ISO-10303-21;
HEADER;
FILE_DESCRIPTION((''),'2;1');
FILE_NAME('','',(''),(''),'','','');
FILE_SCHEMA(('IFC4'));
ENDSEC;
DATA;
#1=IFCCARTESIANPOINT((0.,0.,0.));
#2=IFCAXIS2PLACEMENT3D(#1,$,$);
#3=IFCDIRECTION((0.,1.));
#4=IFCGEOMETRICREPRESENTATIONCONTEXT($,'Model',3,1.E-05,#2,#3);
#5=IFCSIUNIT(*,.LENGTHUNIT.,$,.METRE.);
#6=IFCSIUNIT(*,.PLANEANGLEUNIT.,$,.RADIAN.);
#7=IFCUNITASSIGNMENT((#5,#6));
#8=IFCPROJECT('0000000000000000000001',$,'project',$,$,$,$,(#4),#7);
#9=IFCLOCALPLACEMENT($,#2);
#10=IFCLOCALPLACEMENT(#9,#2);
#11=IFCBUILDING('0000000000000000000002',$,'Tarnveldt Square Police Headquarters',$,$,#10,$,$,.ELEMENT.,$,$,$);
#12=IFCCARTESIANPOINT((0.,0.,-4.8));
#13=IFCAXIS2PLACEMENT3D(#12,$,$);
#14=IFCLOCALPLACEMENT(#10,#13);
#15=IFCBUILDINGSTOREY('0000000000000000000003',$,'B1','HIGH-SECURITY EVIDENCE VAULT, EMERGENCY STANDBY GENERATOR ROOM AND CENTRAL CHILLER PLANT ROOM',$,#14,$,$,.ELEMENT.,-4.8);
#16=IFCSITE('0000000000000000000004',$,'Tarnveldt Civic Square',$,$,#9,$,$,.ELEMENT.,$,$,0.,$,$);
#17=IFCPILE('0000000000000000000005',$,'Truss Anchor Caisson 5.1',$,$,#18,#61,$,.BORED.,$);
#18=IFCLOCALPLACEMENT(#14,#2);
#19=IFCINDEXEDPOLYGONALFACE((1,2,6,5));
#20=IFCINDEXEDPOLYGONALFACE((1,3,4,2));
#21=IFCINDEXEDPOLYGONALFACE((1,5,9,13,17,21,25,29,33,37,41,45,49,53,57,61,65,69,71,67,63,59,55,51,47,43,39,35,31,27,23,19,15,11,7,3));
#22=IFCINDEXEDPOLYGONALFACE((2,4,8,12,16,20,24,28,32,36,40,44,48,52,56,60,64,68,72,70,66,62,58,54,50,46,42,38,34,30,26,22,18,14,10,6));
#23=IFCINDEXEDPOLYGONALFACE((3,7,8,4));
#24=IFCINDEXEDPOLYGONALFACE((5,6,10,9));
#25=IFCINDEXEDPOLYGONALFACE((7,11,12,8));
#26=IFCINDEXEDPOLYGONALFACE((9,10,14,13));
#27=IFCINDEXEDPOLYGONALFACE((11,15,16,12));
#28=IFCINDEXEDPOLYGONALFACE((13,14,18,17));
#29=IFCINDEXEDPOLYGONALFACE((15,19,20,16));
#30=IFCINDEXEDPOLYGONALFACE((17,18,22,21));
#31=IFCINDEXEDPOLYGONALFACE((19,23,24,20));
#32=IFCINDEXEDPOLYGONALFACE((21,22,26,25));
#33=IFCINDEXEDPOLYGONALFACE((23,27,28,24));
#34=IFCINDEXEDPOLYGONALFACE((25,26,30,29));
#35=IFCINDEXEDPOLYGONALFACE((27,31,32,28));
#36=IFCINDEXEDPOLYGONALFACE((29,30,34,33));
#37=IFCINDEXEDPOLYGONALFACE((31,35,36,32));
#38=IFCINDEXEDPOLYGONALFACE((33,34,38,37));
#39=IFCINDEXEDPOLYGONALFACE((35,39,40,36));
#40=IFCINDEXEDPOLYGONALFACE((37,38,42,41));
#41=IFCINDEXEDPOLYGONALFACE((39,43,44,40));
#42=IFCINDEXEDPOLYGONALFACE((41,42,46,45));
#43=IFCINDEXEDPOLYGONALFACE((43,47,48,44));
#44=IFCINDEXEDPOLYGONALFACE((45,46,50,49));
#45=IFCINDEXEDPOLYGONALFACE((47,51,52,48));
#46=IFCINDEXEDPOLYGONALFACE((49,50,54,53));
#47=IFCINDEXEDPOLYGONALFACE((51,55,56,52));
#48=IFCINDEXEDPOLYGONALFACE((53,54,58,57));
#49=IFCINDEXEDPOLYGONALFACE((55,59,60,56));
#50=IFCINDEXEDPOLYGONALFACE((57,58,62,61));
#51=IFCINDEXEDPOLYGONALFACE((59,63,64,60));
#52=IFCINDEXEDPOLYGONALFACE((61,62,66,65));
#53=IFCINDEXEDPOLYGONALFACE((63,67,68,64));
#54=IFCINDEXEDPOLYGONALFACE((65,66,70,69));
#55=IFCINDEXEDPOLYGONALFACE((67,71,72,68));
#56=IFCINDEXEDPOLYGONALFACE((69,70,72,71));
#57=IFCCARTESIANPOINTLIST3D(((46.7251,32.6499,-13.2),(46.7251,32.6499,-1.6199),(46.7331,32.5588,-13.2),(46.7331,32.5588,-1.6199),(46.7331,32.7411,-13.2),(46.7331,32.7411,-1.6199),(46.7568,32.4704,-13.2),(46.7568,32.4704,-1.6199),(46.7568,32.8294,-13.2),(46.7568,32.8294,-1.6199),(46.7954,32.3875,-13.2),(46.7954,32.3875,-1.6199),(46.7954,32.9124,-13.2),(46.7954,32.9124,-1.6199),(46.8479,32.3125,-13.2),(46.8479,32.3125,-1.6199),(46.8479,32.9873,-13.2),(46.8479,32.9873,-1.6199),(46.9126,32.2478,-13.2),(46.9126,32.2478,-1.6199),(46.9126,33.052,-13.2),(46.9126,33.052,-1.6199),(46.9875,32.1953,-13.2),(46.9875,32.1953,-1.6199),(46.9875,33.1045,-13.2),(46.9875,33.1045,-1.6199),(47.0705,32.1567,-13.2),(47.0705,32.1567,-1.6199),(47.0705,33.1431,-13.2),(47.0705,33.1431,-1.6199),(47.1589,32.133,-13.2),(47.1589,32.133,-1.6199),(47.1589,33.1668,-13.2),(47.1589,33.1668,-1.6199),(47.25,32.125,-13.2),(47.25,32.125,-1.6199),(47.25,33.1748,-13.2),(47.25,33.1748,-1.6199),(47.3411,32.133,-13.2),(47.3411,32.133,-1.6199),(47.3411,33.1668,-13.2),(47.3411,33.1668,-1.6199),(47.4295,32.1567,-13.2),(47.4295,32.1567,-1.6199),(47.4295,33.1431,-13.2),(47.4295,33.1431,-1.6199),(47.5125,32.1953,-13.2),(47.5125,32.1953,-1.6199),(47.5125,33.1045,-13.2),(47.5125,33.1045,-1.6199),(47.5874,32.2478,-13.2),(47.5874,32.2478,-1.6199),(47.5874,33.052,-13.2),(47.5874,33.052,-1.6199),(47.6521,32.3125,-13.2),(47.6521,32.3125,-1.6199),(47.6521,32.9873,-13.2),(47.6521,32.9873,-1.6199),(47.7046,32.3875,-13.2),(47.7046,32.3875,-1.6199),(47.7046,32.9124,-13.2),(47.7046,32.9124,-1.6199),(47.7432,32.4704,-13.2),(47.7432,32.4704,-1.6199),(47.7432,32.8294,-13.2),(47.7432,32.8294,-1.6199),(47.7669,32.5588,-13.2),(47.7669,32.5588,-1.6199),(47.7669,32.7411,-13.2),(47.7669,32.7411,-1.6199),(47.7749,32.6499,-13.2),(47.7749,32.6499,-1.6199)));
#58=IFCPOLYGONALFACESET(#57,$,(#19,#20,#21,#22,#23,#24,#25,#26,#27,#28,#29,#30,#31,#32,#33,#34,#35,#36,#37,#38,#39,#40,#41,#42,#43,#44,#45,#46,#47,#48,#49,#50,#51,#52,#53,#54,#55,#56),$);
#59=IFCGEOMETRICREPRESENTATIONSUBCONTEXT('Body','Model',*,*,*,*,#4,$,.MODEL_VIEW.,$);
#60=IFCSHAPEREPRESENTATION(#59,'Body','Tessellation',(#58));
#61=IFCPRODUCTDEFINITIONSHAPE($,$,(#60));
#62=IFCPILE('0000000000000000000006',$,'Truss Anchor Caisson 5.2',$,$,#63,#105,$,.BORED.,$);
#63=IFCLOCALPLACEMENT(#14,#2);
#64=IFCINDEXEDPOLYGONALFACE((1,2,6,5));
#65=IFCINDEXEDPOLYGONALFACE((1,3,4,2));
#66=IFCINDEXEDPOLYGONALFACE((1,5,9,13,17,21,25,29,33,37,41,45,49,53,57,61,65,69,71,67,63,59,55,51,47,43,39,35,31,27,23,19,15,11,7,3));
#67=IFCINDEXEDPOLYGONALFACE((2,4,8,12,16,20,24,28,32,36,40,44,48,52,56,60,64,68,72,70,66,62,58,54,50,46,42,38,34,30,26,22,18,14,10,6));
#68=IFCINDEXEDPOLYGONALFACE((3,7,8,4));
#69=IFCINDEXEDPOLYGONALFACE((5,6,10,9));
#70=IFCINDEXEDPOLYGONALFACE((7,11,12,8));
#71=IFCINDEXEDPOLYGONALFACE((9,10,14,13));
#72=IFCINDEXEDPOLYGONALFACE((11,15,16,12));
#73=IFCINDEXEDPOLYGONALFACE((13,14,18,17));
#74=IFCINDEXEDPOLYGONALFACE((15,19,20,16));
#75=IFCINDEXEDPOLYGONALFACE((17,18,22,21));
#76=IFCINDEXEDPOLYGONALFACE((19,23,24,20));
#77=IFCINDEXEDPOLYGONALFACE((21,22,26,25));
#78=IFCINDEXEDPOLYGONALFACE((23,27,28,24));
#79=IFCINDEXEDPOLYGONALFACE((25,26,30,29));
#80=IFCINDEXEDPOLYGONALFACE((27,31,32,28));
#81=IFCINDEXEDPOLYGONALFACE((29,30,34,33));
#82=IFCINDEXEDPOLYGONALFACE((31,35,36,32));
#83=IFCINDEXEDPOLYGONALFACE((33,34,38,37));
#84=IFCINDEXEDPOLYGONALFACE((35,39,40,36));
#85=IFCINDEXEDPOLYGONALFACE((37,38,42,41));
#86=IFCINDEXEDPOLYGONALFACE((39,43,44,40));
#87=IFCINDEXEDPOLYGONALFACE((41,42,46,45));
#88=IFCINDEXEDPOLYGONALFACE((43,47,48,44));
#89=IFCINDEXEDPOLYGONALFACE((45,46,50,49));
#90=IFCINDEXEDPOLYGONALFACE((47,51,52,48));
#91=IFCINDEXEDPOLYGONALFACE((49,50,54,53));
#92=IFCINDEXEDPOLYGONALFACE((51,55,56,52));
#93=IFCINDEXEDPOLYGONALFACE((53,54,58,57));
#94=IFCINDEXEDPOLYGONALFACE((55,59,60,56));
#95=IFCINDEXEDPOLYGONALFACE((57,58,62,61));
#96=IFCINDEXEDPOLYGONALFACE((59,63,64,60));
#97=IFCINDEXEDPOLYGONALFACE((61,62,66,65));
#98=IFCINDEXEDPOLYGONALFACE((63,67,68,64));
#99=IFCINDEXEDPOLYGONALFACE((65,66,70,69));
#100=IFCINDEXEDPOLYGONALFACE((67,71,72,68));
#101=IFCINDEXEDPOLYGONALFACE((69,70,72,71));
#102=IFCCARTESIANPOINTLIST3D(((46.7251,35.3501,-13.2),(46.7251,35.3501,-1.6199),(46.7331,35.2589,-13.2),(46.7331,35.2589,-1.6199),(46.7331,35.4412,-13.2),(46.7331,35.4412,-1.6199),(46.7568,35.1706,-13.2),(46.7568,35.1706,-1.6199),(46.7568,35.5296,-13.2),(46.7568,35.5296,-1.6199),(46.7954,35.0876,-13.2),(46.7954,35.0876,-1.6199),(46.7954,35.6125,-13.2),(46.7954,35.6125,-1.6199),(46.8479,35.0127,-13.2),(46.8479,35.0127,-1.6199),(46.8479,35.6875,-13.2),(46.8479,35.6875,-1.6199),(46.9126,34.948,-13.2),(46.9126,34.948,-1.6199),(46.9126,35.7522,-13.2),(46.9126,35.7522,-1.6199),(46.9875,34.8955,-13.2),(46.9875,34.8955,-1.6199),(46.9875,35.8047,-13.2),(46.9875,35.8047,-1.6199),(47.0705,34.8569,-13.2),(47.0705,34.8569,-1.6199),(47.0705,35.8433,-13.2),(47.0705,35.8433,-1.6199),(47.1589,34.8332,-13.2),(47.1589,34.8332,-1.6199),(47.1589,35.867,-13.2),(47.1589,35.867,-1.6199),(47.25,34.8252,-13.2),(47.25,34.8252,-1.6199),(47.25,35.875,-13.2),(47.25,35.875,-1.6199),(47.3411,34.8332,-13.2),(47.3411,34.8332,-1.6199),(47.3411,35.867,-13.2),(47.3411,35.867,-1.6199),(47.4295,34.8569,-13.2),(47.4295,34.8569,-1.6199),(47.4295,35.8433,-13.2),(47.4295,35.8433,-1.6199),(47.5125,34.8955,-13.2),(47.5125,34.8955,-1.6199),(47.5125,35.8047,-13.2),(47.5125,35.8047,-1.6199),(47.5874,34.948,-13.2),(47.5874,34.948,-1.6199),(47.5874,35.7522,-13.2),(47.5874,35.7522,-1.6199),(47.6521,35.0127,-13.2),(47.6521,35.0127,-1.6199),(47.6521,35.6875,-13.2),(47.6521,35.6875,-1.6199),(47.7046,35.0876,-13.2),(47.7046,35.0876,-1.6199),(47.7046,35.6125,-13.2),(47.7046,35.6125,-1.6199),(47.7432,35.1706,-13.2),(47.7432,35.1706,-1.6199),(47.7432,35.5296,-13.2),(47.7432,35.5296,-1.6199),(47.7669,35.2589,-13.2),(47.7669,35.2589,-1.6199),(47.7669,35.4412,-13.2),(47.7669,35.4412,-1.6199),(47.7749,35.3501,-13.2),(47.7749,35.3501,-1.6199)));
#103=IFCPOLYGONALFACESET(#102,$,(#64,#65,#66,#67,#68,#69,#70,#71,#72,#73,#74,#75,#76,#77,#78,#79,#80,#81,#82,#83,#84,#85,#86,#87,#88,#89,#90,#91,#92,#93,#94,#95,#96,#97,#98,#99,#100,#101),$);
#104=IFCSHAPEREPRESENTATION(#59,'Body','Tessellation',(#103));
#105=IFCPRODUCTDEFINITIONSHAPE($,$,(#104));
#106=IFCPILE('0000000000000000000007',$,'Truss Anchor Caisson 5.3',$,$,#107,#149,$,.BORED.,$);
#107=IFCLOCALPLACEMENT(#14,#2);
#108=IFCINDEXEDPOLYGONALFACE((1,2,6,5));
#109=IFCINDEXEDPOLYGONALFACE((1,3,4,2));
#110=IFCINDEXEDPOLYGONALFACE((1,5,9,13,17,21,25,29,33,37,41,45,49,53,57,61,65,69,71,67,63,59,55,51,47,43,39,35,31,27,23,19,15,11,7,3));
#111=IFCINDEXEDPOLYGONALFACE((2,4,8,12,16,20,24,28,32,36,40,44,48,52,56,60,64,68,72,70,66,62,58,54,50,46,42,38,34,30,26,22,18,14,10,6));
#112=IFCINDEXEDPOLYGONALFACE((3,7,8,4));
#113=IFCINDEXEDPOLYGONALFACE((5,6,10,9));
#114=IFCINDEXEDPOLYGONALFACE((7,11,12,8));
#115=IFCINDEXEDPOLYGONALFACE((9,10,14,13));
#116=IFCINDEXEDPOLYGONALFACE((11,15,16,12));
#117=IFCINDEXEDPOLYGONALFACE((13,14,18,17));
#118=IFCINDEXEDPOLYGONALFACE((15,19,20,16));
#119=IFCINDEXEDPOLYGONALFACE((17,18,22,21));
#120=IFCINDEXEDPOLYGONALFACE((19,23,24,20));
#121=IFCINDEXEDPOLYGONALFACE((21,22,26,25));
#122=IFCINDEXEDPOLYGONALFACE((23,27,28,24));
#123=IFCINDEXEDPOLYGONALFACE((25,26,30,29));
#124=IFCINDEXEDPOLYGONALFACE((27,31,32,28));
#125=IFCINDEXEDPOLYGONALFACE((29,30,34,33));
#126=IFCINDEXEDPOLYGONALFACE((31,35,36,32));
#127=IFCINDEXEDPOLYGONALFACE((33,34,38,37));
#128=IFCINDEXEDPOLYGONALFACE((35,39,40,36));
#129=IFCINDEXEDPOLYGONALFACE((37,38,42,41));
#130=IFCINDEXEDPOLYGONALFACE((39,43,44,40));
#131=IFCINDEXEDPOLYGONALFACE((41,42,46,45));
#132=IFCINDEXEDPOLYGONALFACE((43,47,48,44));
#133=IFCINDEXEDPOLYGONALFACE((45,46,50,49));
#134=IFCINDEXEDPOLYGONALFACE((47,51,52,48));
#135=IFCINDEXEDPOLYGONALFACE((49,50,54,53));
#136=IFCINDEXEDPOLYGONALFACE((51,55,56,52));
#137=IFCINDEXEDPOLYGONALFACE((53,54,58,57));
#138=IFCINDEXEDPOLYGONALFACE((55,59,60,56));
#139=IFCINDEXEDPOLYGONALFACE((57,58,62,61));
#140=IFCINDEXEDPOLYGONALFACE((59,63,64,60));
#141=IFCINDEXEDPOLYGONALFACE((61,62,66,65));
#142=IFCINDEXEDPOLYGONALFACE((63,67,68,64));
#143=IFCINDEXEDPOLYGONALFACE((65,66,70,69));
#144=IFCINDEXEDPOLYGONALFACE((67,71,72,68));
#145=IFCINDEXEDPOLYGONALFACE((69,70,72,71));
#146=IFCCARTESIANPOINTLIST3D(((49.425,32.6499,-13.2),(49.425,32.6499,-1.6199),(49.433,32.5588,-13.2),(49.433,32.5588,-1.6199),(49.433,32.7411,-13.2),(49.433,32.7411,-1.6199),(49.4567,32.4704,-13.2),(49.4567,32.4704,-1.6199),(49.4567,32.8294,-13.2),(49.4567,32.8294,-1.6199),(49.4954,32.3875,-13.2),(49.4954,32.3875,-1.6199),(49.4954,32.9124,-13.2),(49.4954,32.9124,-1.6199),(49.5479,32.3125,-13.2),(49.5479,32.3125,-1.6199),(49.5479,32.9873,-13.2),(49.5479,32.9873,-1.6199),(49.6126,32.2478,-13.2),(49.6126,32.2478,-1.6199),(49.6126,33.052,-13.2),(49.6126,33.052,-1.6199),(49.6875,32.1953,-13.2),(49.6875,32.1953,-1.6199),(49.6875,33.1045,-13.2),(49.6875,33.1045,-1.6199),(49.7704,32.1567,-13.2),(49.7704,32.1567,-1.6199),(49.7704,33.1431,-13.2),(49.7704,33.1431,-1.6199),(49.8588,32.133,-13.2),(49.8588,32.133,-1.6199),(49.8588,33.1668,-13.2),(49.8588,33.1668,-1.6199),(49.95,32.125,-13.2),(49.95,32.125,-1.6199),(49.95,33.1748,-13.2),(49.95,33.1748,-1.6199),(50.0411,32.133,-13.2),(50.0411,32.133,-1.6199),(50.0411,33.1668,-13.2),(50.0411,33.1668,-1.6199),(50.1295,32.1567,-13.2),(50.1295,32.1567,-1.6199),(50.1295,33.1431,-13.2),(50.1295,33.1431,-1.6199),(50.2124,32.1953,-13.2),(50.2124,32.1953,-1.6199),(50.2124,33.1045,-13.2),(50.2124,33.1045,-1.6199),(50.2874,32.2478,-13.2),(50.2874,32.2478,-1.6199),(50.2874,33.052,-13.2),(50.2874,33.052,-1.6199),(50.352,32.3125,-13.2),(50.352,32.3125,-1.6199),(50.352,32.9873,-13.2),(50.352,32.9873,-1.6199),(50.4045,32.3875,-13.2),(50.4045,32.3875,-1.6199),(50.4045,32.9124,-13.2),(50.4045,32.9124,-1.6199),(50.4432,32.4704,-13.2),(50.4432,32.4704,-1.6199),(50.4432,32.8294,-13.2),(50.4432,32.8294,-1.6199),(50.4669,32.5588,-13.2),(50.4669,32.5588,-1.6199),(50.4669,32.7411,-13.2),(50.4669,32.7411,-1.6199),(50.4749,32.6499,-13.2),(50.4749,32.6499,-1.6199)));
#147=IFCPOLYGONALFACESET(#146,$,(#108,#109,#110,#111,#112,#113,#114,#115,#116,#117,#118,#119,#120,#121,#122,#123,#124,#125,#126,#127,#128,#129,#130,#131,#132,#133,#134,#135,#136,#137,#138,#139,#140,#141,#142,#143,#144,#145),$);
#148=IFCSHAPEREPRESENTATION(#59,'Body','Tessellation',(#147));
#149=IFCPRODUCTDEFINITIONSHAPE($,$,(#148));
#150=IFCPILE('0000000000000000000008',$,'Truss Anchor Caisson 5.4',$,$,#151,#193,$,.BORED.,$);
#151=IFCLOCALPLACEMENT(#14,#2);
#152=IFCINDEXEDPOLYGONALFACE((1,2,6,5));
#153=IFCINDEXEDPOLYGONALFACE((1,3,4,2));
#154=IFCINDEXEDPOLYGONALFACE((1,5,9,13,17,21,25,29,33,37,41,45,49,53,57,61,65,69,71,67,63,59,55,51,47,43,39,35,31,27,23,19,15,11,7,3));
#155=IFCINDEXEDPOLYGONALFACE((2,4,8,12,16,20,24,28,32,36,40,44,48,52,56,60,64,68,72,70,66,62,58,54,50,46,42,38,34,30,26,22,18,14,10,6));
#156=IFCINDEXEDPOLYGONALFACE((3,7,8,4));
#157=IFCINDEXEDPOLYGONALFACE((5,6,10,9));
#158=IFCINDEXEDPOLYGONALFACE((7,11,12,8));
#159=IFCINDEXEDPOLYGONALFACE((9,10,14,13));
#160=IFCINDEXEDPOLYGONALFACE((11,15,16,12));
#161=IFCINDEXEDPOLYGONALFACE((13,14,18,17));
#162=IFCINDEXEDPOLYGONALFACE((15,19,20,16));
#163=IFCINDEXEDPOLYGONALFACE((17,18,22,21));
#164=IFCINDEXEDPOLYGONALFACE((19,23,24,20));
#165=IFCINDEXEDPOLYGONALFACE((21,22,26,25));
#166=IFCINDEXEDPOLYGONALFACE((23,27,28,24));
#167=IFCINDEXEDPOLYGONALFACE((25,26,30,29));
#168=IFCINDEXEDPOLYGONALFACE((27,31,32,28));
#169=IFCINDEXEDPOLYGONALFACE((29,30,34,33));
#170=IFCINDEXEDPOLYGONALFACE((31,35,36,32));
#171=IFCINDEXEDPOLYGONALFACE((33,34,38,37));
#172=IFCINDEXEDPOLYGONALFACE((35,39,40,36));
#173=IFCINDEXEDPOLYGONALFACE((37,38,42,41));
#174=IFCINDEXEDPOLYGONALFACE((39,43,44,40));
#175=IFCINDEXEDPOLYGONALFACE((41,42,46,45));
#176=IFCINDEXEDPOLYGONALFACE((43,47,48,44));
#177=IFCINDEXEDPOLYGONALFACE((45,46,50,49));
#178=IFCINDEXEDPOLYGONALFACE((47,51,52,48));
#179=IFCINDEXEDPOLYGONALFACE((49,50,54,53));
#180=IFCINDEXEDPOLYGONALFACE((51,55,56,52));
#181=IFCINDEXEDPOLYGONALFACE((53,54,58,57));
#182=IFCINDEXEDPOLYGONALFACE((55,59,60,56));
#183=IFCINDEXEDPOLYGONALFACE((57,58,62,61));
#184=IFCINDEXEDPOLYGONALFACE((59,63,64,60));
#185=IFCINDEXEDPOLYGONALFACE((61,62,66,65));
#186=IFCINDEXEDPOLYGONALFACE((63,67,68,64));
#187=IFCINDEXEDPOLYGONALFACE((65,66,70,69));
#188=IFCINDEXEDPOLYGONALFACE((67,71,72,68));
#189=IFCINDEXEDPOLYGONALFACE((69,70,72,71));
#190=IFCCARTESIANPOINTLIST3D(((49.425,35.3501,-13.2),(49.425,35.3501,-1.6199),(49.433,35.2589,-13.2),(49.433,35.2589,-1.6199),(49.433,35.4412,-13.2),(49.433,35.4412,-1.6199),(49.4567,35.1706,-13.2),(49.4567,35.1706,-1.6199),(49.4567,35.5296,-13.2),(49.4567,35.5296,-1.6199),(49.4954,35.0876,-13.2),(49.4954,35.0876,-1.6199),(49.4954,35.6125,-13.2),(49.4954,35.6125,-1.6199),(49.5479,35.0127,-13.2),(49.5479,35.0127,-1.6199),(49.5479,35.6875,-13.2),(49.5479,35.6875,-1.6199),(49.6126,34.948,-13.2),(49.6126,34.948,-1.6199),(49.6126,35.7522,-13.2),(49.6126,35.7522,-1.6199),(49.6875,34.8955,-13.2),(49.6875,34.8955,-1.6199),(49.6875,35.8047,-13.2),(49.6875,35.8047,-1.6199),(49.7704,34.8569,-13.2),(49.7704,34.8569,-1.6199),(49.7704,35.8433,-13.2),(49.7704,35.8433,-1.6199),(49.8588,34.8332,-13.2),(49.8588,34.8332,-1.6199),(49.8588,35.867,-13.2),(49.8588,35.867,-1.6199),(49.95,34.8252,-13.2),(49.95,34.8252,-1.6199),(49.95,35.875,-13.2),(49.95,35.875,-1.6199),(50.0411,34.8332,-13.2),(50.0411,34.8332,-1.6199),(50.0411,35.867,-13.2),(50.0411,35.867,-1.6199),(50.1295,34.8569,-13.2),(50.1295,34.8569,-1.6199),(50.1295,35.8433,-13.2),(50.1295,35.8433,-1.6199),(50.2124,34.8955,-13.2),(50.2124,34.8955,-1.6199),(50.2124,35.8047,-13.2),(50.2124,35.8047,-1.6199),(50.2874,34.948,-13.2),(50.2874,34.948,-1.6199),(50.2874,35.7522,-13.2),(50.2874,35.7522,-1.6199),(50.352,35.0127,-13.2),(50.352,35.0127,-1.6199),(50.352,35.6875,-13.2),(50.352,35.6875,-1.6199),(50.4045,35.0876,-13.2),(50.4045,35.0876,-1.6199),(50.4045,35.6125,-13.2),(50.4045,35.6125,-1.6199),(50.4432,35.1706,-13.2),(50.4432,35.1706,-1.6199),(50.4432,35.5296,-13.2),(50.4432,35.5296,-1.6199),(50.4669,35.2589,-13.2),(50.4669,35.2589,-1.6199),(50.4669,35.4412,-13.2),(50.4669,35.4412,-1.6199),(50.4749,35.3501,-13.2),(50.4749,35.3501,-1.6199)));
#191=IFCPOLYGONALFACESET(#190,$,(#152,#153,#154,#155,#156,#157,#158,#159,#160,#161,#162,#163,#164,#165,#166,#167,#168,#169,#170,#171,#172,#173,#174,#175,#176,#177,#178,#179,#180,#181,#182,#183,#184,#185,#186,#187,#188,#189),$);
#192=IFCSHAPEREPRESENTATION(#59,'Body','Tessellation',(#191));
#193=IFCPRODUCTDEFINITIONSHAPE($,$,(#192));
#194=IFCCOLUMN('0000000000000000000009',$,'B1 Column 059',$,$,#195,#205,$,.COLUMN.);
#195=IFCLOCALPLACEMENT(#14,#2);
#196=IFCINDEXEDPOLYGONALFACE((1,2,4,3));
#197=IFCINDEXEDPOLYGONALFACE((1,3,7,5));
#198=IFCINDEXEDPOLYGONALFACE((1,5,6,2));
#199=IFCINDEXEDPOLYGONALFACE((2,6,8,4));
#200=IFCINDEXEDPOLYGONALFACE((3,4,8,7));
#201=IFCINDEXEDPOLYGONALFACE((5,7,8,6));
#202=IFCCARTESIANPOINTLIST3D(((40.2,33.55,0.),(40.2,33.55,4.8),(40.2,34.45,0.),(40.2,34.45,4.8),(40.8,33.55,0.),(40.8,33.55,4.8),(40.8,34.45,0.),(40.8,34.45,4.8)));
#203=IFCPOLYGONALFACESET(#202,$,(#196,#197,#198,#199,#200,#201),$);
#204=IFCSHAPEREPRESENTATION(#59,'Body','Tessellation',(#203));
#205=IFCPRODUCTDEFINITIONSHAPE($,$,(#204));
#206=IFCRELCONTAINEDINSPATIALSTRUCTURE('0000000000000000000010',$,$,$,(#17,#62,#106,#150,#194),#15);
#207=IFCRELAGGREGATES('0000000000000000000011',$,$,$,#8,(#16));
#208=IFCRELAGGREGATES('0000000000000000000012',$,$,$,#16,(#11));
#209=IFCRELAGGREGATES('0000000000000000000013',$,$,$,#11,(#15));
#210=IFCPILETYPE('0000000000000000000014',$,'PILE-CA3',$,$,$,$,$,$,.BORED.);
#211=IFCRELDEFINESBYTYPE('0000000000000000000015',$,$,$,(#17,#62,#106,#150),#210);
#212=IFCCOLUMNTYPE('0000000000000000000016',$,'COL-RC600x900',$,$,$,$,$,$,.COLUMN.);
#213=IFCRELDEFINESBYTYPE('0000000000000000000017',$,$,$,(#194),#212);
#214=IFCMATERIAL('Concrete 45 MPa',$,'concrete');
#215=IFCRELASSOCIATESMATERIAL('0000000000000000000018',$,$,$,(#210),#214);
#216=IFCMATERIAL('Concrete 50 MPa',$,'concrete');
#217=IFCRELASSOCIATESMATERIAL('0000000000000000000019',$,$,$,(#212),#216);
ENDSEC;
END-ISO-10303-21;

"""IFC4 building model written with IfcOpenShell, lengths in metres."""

from ifc_helpers import new_model, si_unit, direction, frame, origin, origin_2d, place, context, subcontext, project, spatial, rectangle, circle, extrude, material, material_profile, profile_set, type_object, element, save


model = new_model("IFC4")

# Units and contexts
model_context = context("Model", 3, precision=1e-05, world=origin(), true_north=direction((0.0, 1.0)))
body_context = subcontext(model_context, "Body", "Model", "MODEL_VIEW")
ifc_project = project(units=[si_unit("LENGTHUNIT", "METRE"), si_unit("PLANEANGLEUNIT", "RADIAN")], contexts=[model_context])

# Site, building, storey
site_placement = place(None, origin())
site = spatial("IfcSite", under=ifc_project, at=site_placement, Name="Tarnveldt Civic Square", CompositionType="ELEMENT", RefElevation=0.0)
building_placement = place(site_placement, origin())
building = spatial("IfcBuilding", under=site, at=building_placement, Name="Tarnveldt Square Police Headquarters", CompositionType="ELEMENT")
storey_placement = place(building_placement, frame((0.0, 0.0, -4.8)))
storey = spatial("IfcBuildingStorey", under=building, at=storey_placement, Name="B1", Description="HIGH-SECURITY EVIDENCE VAULT, EMERGENCY STANDBY GENERATOR ROOM AND CENTRAL CHILLER PLANT ROOM", CompositionType="ELEMENT", Elevation=-4.8)

# Shared definitions
ifc_material_1 = material(Name="Concrete 45 MPa", Category="concrete")

# Piles
ifc_material_profile_1 = material_profile(ifc_material_1, circle(Radius=0.5249, at=origin_2d()), Name="CAISSON-D1050")
ifc_profile_set_1 = profile_set([ifc_material_profile_1], Name="Concrete 45 MPa")
pile_type_1 = type_object("IfcPileType", Name="PILE-CA3", PredefinedType="BORED", material=ifc_profile_set_1)
for number, where, z_axis, x_axis, name in (
    (1, (47.25, 32.6499, -1.6199), (0.0, 0.0, -1.0), (1.0, 0.0, 0.0), "Truss Anchor Caisson 5.1"),
    (2, (47.25, 35.3501, -1.6199), (0.0, 0.0, -1.0), (1.0, 0.0, 0.0), "Truss Anchor Caisson 5.2"),
    (3, (49.95, 32.6499, -1.6199), (0.0, 0.0, -1.0), (1.0, 0.0, 0.0), "Truss Anchor Caisson 5.3"),
    (4, (49.95, 35.3501, -1.6199), (0.0, 0.0, -1.0), (1.0, 0.0, 0.0), "Truss Anchor Caisson 5.4"),
):
    element("IfcPile", number, at=place(storey_placement, frame(where, z_axis=z_axis, x_axis=x_axis)), inside=storey, type_object=pile_type_1, Name=name, PredefinedType="BORED", context=body_context, shape_type="SweptSolid", body=[
        extrude(circle(Radius=0.5249, at=origin_2d()), origin(), (0.0, 0.0, 1.0), 11.5801),
    ])

# Column
ifc_material_2 = material(Name="Concrete 50 MPa", Category="concrete")
ifc_material_profile_2 = material_profile(ifc_material_2, rectangle(XDim=0.6001, YDim=0.8999, at=origin_2d()), Name="RC-C600x900")
ifc_profile_set_2 = profile_set([ifc_material_profile_2], Name="Concrete 50 MPa")
column_type_1 = type_object("IfcColumnType", Name="COL-RC600x900", PredefinedType="COLUMN", material=ifc_profile_set_2)
for number, where, z_axis, x_axis, name in (
    (5, (40.5, 34.0, 0.0), (0.0, 0.0, 1.0), (1.0, 0.0, 0.0), "B1 Column 059"),
):
    element("IfcColumn", number, at=place(storey_placement, frame(where, z_axis=z_axis, x_axis=x_axis)), inside=storey, type_object=column_type_1, Name=name, PredefinedType="COLUMN", context=body_context, shape_type="SweptSolid", body=[
        extrude(rectangle(XDim=0.6001, YDim=0.8999, at=origin_2d()), origin(), (0.0, 0.0, 1.0), 4.8),
    ])

save(model, "model.ifc")
